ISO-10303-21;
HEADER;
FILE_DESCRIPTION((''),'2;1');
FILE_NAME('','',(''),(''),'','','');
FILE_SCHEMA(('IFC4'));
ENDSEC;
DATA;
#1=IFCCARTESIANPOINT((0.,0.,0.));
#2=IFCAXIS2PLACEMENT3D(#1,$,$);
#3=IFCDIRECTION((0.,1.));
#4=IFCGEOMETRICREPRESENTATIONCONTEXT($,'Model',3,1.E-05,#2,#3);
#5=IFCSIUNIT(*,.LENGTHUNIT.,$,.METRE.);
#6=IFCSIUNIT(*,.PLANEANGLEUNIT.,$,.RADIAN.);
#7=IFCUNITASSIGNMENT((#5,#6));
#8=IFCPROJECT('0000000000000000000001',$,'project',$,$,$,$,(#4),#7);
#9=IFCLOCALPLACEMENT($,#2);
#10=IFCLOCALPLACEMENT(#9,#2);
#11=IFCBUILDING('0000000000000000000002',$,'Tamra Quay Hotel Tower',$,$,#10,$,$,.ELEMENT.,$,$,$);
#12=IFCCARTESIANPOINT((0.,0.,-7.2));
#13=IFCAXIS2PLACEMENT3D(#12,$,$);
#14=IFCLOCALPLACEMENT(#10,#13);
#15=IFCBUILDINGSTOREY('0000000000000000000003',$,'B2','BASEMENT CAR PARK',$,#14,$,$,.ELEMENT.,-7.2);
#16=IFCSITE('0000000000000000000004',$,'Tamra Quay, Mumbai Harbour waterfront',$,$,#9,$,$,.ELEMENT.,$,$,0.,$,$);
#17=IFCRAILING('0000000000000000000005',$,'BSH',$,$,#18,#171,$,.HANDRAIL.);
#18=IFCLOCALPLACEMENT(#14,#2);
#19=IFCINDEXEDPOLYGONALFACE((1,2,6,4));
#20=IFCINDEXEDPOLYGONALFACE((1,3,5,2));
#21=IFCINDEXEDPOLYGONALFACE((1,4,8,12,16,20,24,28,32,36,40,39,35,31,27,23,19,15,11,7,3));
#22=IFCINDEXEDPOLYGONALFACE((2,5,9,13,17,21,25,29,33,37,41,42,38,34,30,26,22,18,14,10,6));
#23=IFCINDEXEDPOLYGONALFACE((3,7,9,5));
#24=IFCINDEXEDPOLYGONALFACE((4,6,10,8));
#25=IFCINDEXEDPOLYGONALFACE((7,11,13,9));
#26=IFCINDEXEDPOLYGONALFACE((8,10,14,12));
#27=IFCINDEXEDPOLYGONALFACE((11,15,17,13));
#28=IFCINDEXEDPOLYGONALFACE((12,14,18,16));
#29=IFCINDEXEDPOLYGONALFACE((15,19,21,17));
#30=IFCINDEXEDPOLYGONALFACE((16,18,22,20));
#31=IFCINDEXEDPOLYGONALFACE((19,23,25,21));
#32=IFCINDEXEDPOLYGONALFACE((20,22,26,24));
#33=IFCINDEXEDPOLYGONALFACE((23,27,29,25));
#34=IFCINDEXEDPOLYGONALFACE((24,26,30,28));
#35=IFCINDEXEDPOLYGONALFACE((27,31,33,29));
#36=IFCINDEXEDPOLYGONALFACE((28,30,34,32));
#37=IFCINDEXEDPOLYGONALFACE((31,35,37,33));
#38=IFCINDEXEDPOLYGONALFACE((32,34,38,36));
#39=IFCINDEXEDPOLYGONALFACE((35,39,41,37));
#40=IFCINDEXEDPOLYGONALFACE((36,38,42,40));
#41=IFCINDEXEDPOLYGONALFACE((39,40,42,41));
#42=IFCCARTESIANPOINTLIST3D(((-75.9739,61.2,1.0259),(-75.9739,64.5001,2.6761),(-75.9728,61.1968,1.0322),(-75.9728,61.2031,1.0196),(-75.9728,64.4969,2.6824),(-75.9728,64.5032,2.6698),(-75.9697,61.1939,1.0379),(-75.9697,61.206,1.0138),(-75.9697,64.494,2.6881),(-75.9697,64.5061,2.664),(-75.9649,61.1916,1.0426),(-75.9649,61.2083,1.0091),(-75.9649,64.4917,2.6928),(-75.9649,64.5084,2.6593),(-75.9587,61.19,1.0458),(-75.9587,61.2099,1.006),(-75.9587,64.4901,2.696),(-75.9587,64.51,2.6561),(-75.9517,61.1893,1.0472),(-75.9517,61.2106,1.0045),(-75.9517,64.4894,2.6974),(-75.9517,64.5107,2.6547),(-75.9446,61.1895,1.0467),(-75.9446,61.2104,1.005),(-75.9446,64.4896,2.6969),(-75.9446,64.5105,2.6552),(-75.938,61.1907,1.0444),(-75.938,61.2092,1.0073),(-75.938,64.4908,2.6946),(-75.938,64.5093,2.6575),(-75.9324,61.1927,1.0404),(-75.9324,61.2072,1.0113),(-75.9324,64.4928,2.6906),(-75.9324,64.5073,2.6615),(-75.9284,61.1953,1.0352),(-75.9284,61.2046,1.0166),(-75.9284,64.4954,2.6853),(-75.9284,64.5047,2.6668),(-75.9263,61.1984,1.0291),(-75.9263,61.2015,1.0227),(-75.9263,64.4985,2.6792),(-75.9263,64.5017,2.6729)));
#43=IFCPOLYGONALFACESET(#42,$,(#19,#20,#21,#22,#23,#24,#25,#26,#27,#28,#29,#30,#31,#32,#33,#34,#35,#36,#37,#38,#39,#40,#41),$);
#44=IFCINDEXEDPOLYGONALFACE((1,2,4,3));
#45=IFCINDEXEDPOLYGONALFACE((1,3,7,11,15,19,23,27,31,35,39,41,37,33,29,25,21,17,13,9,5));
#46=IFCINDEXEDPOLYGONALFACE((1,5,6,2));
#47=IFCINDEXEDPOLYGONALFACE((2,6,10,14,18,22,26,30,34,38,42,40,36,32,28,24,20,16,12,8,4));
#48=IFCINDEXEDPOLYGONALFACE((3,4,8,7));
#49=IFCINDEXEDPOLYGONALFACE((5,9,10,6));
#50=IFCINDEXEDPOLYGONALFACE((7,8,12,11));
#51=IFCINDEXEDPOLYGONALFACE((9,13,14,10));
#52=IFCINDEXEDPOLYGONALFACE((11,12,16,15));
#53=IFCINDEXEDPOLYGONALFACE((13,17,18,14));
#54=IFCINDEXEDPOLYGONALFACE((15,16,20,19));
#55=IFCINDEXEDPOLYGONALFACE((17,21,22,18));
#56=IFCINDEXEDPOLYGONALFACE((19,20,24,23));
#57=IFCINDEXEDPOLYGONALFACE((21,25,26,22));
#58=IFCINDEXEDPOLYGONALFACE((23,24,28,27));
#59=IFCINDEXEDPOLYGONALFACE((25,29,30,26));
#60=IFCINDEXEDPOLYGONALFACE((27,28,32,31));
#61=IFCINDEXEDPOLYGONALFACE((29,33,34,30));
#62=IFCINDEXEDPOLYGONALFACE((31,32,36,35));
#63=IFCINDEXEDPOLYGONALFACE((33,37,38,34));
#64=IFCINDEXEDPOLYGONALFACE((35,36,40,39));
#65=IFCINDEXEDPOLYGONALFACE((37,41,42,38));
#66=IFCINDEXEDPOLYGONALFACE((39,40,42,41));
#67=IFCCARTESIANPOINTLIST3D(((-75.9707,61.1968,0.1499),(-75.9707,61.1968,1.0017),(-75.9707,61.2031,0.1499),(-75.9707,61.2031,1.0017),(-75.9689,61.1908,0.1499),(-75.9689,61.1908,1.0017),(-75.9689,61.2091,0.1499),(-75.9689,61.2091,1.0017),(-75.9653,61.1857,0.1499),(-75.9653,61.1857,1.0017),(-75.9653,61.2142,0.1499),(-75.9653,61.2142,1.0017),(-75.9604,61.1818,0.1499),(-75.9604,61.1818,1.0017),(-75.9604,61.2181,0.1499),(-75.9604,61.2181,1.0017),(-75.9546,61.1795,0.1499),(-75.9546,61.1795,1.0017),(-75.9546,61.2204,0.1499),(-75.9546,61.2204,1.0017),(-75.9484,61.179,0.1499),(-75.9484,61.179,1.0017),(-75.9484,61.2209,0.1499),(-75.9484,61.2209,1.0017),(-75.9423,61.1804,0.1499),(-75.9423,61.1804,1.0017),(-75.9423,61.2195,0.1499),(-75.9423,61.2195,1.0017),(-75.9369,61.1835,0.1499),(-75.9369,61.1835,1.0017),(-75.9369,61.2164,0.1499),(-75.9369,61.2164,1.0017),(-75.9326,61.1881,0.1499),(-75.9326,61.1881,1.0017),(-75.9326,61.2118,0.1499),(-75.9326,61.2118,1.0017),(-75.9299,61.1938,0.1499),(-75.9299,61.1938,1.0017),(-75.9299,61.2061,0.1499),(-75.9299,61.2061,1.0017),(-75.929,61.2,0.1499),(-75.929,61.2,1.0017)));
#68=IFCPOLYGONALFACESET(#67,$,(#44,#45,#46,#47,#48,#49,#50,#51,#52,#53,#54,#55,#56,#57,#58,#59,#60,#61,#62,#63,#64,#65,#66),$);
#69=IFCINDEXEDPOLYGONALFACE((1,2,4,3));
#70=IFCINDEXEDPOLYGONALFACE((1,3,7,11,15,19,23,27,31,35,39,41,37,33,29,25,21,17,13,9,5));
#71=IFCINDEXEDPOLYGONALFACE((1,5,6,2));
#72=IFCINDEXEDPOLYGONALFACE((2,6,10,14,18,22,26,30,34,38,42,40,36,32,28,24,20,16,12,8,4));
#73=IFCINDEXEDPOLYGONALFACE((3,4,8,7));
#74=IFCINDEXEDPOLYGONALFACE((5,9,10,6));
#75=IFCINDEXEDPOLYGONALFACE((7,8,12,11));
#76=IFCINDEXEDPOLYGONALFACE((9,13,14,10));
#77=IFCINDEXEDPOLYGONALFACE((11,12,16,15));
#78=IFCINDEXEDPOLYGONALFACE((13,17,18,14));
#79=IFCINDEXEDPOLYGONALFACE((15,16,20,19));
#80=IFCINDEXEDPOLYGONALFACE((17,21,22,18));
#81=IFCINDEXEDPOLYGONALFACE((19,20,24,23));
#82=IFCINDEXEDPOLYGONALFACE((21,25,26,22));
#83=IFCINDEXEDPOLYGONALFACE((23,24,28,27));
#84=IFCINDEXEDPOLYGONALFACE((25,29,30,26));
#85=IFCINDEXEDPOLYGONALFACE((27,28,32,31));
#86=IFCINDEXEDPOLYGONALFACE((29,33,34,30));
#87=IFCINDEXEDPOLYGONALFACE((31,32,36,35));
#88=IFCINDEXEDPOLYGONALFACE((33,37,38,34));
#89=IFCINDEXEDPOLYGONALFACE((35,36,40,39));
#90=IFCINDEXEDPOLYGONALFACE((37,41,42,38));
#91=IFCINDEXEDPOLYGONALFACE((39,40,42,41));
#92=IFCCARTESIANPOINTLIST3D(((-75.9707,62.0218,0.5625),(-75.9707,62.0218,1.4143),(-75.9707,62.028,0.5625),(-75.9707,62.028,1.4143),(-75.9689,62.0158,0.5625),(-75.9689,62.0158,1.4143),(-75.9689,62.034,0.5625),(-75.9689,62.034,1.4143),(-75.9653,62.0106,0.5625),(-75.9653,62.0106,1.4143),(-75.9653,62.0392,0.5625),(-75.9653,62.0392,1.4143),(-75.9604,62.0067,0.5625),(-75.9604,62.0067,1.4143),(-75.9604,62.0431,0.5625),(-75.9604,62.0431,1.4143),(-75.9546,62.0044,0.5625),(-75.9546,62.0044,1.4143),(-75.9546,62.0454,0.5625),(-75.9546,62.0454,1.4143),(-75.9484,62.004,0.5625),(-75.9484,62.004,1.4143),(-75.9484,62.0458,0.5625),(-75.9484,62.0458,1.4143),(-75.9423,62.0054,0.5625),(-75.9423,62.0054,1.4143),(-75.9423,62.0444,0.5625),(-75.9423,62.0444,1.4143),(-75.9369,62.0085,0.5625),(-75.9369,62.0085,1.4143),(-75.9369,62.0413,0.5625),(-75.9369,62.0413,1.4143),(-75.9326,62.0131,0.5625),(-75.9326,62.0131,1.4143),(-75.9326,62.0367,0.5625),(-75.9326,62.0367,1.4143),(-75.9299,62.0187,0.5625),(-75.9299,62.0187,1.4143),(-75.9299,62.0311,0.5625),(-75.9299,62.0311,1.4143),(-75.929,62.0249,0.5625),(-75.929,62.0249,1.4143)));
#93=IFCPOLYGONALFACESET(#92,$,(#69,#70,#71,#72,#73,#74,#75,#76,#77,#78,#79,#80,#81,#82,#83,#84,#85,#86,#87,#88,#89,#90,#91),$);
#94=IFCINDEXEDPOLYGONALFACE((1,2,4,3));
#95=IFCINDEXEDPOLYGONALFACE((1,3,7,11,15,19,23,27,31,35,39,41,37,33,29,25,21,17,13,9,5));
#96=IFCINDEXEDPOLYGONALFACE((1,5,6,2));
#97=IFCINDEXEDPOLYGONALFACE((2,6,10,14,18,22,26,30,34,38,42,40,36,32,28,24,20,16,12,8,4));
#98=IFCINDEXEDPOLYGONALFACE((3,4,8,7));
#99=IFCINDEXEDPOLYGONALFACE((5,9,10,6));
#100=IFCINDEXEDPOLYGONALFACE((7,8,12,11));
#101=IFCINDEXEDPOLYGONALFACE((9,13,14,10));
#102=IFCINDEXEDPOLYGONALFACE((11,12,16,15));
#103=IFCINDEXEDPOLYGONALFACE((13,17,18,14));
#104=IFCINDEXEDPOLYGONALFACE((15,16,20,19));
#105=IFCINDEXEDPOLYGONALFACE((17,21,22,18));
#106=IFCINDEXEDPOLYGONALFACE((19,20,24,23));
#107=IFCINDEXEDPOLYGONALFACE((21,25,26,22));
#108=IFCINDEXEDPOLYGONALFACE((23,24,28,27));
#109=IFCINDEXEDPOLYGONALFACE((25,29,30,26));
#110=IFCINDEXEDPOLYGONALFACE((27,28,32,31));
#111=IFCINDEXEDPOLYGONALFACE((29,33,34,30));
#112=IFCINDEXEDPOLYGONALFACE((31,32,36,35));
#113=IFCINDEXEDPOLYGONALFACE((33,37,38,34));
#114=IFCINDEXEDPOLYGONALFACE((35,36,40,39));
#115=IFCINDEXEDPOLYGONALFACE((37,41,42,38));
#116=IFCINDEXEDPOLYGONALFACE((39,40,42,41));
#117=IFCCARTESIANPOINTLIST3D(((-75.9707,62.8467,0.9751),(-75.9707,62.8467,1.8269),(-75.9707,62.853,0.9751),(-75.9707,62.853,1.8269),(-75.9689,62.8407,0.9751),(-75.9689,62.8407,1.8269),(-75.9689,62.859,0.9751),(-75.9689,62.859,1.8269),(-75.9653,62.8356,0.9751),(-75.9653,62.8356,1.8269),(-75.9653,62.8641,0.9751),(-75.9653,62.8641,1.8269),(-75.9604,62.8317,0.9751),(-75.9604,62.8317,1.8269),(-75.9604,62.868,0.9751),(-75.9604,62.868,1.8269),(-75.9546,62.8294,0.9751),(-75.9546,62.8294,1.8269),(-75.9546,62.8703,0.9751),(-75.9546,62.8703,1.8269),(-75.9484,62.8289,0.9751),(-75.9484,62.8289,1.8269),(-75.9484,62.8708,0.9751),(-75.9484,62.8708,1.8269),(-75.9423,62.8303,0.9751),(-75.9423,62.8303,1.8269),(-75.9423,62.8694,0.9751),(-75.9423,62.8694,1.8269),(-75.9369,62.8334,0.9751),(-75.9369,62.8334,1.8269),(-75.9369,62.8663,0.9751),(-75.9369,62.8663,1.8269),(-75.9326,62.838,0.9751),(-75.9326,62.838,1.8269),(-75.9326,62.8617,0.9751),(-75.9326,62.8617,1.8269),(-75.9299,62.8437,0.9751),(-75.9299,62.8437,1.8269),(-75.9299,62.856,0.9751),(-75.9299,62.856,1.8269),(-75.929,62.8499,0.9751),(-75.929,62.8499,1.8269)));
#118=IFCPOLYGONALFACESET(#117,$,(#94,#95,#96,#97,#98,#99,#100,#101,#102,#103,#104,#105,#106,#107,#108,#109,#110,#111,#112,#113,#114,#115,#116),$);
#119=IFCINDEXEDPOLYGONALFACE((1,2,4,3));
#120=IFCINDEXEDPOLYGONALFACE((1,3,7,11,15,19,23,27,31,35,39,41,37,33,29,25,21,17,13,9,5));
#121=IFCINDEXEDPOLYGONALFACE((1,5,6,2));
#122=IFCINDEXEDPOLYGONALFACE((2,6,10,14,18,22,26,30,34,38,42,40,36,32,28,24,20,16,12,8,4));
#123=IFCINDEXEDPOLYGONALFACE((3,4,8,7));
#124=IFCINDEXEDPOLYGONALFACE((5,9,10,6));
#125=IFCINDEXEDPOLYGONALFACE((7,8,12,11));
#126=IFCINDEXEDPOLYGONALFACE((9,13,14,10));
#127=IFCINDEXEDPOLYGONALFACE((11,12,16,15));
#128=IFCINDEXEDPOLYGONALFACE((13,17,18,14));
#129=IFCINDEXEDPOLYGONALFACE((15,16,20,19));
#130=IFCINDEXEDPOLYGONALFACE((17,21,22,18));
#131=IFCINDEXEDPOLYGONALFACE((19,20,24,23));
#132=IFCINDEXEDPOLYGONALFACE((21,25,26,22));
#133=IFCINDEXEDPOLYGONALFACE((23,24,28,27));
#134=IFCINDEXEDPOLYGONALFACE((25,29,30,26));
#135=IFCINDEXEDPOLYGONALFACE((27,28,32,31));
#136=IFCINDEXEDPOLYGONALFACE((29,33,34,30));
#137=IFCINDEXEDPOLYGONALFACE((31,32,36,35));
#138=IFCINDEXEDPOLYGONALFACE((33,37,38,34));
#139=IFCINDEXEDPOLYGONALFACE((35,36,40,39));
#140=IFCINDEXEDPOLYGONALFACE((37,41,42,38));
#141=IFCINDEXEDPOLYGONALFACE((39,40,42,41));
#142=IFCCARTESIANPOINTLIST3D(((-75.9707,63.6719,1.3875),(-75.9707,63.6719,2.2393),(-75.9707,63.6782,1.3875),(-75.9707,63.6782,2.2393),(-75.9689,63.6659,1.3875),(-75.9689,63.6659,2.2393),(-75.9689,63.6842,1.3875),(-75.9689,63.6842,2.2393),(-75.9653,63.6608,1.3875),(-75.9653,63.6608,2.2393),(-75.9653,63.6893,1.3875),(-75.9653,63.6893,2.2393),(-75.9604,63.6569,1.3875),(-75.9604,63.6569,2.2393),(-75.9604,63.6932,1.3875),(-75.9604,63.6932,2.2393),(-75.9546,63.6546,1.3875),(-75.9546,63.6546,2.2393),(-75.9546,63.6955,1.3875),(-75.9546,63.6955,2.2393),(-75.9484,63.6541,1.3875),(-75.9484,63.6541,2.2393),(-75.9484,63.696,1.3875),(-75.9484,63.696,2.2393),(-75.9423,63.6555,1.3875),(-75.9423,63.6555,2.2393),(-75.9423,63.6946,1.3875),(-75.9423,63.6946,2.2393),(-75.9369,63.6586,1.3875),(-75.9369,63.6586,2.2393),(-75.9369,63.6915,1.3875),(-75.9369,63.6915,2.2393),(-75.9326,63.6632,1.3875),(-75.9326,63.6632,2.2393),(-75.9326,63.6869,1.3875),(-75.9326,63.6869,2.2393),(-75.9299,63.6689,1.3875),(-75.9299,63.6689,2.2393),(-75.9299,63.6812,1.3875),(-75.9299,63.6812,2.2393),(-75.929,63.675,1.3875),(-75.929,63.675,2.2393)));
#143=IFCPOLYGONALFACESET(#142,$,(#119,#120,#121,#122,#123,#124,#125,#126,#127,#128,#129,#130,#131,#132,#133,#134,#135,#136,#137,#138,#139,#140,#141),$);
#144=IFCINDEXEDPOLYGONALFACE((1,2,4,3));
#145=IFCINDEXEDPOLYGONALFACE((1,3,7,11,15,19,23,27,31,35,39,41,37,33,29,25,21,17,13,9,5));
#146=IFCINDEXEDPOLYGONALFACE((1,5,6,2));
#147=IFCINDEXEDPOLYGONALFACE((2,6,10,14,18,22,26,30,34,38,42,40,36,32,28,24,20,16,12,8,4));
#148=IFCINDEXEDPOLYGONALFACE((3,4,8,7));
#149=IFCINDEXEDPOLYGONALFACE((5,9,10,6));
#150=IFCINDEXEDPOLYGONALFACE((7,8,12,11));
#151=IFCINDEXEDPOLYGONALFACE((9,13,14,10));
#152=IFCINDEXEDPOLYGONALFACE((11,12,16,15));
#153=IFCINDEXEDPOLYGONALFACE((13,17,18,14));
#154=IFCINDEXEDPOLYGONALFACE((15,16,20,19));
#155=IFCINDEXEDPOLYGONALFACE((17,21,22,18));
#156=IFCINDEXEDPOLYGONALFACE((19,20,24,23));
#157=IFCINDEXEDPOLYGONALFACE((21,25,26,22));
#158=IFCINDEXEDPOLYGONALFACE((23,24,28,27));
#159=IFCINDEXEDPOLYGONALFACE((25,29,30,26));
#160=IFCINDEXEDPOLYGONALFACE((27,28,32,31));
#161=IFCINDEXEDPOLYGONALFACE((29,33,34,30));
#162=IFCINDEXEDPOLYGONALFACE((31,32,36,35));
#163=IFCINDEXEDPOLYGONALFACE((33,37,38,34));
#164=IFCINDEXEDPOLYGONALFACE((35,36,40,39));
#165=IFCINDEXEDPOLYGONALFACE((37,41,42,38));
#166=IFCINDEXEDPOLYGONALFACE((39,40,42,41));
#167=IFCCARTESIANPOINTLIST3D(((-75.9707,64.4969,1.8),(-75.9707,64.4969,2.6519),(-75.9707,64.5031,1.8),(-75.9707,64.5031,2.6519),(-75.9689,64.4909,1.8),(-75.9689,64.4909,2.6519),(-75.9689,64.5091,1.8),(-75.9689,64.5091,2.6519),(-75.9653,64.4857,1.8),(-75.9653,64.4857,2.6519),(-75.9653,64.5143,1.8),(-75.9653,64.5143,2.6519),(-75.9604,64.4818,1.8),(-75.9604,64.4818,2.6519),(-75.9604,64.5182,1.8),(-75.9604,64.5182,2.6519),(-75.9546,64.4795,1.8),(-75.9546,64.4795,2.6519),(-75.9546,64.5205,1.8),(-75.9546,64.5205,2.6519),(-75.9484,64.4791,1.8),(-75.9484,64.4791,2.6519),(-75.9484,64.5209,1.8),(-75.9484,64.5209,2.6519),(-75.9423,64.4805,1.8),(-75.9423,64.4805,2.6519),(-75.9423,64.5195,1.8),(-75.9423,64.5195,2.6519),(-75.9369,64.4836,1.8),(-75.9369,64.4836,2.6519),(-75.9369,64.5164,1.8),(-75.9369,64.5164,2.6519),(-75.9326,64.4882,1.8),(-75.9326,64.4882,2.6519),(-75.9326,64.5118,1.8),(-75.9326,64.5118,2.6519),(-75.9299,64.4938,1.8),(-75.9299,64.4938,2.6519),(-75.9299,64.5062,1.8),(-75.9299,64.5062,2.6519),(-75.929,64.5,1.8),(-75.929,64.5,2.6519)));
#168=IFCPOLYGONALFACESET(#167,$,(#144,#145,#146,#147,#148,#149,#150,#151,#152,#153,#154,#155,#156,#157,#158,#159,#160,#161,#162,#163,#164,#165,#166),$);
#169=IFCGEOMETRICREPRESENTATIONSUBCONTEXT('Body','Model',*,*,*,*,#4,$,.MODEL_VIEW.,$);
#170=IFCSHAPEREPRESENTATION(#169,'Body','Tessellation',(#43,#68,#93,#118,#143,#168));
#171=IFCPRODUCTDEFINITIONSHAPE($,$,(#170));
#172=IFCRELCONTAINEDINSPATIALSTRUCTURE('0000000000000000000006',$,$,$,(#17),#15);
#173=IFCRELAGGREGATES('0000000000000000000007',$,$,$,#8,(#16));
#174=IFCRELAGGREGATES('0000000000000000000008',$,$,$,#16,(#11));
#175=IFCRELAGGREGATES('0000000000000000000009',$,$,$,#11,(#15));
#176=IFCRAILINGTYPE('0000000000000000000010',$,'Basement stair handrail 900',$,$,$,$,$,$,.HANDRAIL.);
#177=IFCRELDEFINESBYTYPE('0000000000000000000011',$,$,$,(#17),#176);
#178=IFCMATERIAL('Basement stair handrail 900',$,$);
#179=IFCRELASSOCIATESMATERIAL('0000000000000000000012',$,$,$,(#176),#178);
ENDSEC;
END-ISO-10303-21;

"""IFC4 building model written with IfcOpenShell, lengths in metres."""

from ifc_helpers import new_model, si_unit, direction, frame, origin, origin_2d, place, context, subcontext, project, spatial, circle, extrude, material, type_object, element, save


model = new_model("IFC4")

# Units and contexts
model_context = context("Model", 3, precision=1e-05, world=origin(), true_north=direction((0.0, 1.0)))
body_context = subcontext(model_context, "Body", "Model", "MODEL_VIEW")
ifc_project = project(units=[si_unit("LENGTHUNIT", "METRE"), si_unit("PLANEANGLEUNIT", "RADIAN")], contexts=[model_context])

# Site, building, storey
site_placement = place(None, origin())
site = spatial("IfcSite", under=ifc_project, at=site_placement, Name="Tamra Quay, Mumbai Harbour waterfront", CompositionType="ELEMENT", RefElevation=0.0)
building_placement = place(site_placement, origin())
building = spatial("IfcBuilding", under=site, at=building_placement, Name="Tamra Quay Hotel Tower", CompositionType="ELEMENT")
storey_placement = place(building_placement, frame((0.0, 0.0, -7.2)))
storey = spatial("IfcBuildingStorey", under=building, at=storey_placement, Name="B2", Description="BASEMENT CAR PARK", CompositionType="ELEMENT", Elevation=-7.2)

# Railing
ifc_material_1 = material(Name="Basement stair handrail 900")
railing_type_1 = type_object("IfcRailingType", Name="Basement stair handrail 900", PredefinedType="HANDRAIL", material=ifc_material_1)
railing_1_placement = place(storey_placement, frame((-75.95, 61.2, 0.1499)))
element("IfcRailing", 1, at=railing_1_placement, inside=storey, type_object=railing_type_1, Name="BSH", PredefinedType="HANDRAIL", context=body_context, shape_type="SweptSolid", body=[
    extrude(circle(Radius=0.0239, at=origin_2d()), frame((0.0, 0.0, 0.876), z_axis=(0.0, 0.894414, 0.44724), x_axis=(-1.0, 0.0, 0.0)), (0.0, 0.0, 1.0), 3.6897),
    extrude(circle(Radius=0.021, at=origin_2d()), origin(), (0.0, 0.0, 1.0), 0.8518),
    extrude(circle(Radius=0.021, at=origin_2d()), frame((0.0, 0.825, 0.4126)), (0.0, 0.0, 1.0), 0.8518),
    extrude(circle(Radius=0.021, at=origin_2d()), frame((0.0, 1.6499, 0.8252)), (0.0, 0.0, 1.0), 0.8518),
    extrude(circle(Radius=0.021, at=origin_2d()), frame((0.0, 2.4751, 1.2375)), (0.0, 0.0, 1.0), 0.8518),
    extrude(circle(Radius=0.021, at=origin_2d()), frame((0.0, 3.3, 1.6501)), (0.0, 0.0, 1.0), 0.8518),
])

save(model, "model.ifc")
